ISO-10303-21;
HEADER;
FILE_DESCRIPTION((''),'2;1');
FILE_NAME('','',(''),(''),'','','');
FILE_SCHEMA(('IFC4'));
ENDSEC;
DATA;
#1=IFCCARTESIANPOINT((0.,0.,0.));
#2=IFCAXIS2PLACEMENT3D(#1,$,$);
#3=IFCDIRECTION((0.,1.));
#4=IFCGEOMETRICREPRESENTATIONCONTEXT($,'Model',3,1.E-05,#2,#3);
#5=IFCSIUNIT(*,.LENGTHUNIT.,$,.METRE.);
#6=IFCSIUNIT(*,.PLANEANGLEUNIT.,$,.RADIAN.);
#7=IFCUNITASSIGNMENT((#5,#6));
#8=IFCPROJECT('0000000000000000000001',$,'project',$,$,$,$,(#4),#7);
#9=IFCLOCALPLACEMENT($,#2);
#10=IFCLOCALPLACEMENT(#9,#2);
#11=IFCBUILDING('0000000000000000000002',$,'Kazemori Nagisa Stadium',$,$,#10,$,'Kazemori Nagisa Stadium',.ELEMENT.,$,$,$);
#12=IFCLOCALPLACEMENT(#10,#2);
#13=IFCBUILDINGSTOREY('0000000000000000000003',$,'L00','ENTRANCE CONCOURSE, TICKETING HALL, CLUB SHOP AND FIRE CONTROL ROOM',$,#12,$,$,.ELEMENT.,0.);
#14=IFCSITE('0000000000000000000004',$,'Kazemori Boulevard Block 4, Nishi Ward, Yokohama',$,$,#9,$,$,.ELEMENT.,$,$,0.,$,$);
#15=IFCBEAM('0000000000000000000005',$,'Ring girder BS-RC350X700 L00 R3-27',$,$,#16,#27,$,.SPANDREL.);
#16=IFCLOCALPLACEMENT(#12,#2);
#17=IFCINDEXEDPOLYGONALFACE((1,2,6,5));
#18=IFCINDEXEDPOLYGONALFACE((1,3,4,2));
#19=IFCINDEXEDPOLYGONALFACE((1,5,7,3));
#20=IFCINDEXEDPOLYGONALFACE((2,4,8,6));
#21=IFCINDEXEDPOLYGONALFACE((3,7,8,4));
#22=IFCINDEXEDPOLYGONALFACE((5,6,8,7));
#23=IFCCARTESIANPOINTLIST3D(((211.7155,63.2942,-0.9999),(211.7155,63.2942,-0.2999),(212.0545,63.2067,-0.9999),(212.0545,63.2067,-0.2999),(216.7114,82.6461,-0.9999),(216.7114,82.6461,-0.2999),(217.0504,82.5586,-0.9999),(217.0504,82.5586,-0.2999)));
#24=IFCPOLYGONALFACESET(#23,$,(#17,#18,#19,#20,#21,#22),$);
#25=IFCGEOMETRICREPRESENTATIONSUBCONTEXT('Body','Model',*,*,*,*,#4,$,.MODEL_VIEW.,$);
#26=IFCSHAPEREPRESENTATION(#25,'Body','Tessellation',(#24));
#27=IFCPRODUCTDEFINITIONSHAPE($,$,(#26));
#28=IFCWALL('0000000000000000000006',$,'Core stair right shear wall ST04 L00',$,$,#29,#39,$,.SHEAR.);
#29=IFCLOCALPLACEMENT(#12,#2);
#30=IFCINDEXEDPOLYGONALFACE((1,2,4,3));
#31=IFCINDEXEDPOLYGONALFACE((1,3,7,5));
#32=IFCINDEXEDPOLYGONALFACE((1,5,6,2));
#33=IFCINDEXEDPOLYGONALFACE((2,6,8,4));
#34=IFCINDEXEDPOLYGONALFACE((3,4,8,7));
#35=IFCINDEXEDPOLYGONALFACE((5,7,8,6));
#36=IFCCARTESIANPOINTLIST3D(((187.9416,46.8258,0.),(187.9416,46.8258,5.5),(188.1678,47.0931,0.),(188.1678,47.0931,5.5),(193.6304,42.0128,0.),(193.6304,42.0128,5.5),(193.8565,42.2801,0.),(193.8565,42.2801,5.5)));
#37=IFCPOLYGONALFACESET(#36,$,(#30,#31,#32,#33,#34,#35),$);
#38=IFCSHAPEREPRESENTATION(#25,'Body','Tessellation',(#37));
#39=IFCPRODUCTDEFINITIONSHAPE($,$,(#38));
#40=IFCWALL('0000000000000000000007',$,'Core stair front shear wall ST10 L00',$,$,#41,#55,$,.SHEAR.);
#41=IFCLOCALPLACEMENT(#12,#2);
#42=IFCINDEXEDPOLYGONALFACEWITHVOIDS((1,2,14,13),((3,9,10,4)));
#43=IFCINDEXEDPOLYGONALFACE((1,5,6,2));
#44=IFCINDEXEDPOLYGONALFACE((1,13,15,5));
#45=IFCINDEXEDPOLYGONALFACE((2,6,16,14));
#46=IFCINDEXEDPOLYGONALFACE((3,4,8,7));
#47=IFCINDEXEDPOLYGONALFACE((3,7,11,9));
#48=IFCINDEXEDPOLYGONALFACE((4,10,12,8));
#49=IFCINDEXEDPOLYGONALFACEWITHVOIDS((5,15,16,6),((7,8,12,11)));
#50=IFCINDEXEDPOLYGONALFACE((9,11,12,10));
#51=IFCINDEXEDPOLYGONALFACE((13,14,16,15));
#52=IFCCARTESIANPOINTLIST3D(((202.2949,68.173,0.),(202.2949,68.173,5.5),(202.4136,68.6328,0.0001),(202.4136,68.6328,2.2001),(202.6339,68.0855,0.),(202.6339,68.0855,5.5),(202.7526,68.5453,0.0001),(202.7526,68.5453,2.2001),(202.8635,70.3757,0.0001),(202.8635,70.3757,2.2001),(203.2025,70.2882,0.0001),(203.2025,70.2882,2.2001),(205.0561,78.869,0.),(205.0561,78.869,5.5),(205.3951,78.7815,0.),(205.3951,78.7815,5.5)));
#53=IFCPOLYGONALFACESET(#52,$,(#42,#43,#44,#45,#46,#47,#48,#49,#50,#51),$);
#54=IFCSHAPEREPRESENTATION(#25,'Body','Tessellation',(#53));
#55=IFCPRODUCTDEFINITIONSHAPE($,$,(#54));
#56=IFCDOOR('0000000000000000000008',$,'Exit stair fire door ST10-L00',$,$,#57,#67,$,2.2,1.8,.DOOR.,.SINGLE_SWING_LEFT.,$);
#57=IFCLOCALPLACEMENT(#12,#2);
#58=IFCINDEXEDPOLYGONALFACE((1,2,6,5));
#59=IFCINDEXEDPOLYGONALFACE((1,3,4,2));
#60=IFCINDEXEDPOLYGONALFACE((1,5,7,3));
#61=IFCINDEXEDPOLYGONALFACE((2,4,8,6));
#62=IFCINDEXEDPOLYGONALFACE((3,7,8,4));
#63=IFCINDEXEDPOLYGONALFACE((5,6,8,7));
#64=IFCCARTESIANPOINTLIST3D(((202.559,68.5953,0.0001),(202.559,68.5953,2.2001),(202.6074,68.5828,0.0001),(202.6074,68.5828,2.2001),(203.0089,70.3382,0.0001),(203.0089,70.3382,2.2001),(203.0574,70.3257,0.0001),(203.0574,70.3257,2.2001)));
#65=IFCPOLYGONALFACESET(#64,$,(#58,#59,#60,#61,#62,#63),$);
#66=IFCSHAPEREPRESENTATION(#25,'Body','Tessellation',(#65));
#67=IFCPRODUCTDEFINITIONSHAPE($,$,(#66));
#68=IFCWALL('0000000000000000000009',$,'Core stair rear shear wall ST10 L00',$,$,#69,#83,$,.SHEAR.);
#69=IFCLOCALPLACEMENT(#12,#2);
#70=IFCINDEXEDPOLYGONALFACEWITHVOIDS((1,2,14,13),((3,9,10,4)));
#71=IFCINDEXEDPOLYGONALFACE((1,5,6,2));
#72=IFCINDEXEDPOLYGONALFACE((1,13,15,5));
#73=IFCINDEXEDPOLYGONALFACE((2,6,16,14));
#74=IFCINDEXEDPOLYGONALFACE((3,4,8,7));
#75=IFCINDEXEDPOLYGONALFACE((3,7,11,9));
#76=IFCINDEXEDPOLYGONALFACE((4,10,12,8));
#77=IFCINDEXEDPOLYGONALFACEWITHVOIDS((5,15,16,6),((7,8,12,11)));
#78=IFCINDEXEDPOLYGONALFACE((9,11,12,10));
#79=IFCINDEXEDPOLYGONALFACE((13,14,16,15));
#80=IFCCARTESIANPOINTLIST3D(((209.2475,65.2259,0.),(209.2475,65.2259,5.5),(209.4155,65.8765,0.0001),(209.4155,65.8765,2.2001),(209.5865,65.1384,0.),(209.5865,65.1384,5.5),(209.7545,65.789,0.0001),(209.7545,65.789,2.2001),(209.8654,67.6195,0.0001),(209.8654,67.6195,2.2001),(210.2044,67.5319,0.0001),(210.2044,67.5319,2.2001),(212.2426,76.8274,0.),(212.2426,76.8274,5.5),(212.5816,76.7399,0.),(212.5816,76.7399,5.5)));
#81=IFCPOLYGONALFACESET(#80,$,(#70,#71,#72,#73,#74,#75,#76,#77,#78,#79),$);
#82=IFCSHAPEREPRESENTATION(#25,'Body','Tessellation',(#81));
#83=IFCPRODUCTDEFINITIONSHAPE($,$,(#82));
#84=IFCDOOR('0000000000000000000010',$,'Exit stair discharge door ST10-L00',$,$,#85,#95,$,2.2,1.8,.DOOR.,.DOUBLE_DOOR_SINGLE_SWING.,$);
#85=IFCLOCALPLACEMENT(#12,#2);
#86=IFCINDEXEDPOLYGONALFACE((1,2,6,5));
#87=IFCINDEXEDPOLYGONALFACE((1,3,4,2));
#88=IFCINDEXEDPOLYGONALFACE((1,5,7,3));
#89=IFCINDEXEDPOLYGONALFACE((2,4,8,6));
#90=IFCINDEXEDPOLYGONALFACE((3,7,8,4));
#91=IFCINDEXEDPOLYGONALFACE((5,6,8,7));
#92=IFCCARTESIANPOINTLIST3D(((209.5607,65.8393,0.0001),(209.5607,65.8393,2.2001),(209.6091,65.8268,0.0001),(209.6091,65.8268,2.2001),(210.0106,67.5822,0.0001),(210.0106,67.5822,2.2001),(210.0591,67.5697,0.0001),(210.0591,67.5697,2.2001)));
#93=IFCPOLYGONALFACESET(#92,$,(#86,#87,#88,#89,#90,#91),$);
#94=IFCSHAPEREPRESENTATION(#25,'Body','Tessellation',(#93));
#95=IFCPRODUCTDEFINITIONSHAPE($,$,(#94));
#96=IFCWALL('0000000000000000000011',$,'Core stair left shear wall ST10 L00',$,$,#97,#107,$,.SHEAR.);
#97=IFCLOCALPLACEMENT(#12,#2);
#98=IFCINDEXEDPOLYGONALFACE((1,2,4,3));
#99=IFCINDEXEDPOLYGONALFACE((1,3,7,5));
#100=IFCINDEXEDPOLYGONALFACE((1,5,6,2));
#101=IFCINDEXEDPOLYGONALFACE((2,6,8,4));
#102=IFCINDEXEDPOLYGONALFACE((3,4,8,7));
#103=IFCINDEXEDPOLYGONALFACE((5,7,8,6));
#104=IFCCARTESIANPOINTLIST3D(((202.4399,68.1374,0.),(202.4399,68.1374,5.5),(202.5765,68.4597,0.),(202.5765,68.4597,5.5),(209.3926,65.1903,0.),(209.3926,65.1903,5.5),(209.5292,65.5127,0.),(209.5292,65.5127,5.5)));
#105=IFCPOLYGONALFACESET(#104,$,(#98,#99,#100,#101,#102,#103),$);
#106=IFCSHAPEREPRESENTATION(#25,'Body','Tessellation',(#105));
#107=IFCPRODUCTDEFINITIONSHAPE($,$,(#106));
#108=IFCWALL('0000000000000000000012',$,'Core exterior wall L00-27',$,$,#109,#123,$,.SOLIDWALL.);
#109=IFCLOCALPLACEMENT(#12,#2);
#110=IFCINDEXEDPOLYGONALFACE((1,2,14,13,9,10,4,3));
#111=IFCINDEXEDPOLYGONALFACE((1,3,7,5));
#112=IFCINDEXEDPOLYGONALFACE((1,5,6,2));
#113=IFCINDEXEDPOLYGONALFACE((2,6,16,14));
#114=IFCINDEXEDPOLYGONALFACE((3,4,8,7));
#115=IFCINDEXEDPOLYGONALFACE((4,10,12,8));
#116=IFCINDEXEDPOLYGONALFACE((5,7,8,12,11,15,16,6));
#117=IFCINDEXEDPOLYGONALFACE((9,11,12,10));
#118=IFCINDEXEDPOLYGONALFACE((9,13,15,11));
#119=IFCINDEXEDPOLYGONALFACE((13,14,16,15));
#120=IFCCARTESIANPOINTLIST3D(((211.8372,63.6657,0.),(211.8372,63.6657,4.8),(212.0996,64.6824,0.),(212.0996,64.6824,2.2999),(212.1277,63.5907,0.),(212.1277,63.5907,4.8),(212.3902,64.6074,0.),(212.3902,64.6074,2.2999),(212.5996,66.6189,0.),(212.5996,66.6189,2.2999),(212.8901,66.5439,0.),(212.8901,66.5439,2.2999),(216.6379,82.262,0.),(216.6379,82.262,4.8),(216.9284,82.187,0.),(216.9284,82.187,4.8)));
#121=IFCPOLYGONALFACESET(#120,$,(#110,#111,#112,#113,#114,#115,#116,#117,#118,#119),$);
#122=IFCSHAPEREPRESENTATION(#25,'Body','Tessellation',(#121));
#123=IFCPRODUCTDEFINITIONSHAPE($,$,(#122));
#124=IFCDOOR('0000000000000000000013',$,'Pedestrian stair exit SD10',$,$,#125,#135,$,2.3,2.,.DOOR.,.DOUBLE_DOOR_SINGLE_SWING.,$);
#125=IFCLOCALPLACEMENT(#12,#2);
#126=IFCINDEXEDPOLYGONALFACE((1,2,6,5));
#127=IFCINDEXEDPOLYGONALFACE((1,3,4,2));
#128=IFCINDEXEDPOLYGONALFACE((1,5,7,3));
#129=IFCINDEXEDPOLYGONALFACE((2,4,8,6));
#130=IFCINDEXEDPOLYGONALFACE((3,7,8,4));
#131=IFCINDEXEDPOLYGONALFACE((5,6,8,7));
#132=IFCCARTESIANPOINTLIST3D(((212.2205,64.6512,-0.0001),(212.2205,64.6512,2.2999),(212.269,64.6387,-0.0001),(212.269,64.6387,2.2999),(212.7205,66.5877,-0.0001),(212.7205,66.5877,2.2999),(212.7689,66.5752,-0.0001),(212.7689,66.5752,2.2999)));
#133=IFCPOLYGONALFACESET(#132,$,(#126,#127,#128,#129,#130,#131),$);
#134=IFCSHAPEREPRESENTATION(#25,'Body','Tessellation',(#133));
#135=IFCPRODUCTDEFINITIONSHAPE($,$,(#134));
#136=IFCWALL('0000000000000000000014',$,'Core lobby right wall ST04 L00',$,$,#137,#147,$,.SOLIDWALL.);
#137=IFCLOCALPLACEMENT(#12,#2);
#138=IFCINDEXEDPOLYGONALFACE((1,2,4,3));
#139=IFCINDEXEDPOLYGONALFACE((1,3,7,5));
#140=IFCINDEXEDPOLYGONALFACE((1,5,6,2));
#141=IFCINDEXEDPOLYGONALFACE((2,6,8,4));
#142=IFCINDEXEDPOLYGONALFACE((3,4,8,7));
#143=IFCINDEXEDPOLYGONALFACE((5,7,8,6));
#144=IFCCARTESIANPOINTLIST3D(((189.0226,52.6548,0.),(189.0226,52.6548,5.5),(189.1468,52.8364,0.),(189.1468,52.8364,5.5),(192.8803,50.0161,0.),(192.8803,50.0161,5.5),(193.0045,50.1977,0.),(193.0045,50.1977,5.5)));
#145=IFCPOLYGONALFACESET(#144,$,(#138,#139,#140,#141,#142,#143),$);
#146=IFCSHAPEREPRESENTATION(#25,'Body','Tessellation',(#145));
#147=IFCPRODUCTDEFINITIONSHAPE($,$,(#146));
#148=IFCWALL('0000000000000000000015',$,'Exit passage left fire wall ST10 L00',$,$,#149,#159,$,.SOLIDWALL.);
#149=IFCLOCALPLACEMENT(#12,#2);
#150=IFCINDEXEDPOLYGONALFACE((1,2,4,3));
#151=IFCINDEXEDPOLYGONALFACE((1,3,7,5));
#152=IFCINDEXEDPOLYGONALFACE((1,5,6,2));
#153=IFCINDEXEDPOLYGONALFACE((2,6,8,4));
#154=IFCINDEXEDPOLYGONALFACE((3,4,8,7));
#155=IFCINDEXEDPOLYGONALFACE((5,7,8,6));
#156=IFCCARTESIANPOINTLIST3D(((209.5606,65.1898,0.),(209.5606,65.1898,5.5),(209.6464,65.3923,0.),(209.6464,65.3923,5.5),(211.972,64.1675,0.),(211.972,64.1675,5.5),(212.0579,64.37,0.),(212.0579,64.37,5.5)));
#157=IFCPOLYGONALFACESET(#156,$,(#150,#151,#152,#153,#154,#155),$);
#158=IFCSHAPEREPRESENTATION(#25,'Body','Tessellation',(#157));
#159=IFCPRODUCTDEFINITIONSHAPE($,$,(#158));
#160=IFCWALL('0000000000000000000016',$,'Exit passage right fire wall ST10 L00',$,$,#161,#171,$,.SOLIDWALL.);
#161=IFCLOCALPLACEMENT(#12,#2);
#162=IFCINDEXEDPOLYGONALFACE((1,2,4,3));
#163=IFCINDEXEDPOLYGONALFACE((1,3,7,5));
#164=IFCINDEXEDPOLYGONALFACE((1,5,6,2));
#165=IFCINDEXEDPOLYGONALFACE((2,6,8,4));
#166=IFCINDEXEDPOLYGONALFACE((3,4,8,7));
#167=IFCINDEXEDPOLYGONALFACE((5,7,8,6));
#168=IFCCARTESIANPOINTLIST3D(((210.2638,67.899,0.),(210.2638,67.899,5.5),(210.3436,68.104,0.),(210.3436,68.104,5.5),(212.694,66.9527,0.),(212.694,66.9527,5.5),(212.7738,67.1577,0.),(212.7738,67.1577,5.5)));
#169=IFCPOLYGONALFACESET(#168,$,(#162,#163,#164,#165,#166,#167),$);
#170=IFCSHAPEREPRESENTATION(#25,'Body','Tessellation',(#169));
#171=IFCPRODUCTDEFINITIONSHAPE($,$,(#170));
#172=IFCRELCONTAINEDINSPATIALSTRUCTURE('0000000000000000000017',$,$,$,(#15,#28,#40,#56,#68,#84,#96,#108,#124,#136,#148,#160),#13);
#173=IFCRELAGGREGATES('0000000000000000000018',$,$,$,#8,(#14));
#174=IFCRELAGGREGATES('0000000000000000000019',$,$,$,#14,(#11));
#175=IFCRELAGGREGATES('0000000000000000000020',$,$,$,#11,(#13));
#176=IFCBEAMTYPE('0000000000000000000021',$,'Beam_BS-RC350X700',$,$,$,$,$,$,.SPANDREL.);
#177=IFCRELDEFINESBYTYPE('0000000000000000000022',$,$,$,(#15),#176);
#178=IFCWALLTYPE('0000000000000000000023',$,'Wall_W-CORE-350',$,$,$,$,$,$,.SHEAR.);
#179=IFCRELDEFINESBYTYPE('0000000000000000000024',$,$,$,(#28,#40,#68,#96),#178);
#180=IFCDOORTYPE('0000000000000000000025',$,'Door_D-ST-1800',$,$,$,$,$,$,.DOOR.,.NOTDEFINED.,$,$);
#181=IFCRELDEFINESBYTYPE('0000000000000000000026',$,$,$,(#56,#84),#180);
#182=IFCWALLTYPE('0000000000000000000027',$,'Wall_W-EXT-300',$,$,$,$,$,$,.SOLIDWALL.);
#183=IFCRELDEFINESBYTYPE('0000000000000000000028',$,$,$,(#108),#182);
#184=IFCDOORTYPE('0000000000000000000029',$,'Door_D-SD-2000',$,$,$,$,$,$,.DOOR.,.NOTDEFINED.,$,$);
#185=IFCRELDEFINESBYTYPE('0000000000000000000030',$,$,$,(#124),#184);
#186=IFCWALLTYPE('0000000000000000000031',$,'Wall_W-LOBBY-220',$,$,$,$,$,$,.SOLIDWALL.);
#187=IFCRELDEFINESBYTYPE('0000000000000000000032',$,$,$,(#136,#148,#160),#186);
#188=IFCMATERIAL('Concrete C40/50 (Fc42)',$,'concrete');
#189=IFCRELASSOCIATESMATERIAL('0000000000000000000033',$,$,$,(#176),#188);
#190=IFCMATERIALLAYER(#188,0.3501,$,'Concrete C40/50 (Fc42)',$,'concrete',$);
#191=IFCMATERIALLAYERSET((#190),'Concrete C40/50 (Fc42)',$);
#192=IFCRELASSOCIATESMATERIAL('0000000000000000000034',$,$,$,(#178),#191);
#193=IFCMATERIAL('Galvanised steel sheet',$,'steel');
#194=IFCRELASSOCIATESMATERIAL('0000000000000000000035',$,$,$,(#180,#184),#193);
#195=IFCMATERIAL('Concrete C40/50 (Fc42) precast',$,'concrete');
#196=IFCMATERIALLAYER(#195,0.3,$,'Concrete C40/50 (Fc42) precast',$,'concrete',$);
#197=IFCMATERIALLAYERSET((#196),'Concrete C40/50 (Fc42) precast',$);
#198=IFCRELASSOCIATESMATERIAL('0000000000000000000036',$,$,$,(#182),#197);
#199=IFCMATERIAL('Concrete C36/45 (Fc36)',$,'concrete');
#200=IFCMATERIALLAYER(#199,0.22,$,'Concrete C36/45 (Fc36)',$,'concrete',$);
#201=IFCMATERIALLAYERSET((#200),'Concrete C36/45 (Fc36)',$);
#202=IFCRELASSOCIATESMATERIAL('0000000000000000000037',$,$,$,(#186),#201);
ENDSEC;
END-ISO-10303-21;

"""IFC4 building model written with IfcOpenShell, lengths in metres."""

from ifc_helpers import new_model, si_unit, direction, frame, frame_2d, origin, origin_2d, place, context, subcontext, project, spatial, rectangle, extrude, material, layer, layer_set, material_profile, profile_set, type_object, element, fill, save


model = new_model("IFC4")

# Units and contexts
model_context = context("Model", 3, precision=1e-05, world=origin(), true_north=direction((0.0, 1.0)))
body_context = subcontext(model_context, "Body", "Model", "MODEL_VIEW")
ifc_project = project(units=[si_unit("LENGTHUNIT", "METRE"), si_unit("PLANEANGLEUNIT", "RADIAN")], contexts=[model_context])

# Site, building, storey
site_placement = place(None, origin())
site = spatial("IfcSite", under=ifc_project, at=site_placement, Name="Kazemori Boulevard Block 4, Nishi Ward, Yokohama", CompositionType="ELEMENT", RefElevation=0.0)
building_placement = place(site_placement, origin())
building = spatial("IfcBuilding", under=site, at=building_placement, Name="Kazemori Nagisa Stadium", LongName="Kazemori Nagisa Stadium", CompositionType="ELEMENT")
storey_placement = place(building_placement, origin())
storey = spatial("IfcBuildingStorey", under=building, at=storey_placement, Name="L00", Description="ENTRANCE CONCOURSE, TICKETING HALL, CLUB SHOP AND FIRE CONTROL ROOM", CompositionType="ELEMENT", Elevation=0.0)

# Shared definitions
ifc_material_1 = material(Name="Concrete C40/50 (Fc42)", Category="concrete")

# Beam
ifc_material_profile_1 = material_profile(ifc_material_1, rectangle(XDim=0.3501, YDim=0.7, at=origin_2d()), Name="RC-SP-350x700")
ifc_profile_set_1 = profile_set([ifc_material_profile_1], Name="Concrete C40/50 (Fc42)")
beam_type_1 = type_object("IfcBeamType", Name="Beam_BS-RC350X700", PredefinedType="SPANDREL", material=ifc_profile_set_1)
beam_1_placement = place(storey_placement, frame((211.885, 63.2505, -0.6499), z_axis=(0.249964, 0.968255, 0.0), x_axis=(-0.968255, 0.249964, 0.0)))
element("IfcBeam", 1, at=beam_1_placement, inside=storey, type_object=beam_type_1, Name="Ring girder BS-RC350X700 L00 R3-27", PredefinedType="SPANDREL", context=body_context, shape_type="SweptSolid", body=[
    extrude(rectangle(XDim=0.3501, YDim=0.7, at=origin_2d()), origin(), (0.0, 0.0, 1.0), 19.9863),
])

# Wall
ifc_layer_1 = layer(ifc_material_1, 0.3501, Name="Concrete C40/50 (Fc42)", Category="concrete")
ifc_layer_set_1 = layer_set([ifc_layer_1], Name="Concrete C40/50 (Fc42)")
wall_type_1 = type_object("IfcWallType", Name="Wall_W-CORE-350", PredefinedType="SHEAR", material=ifc_layer_set_1)
wall_1_placement = place(storey_placement, frame((188.0547, 46.9595, 0.0), z_axis=(0.0, 0.0, 1.0), x_axis=(0.763422, -0.6459, 0.0)))
element("IfcWall", 2, at=wall_1_placement, inside=storey, type_object=wall_type_1, Name="Core stair right shear wall ST04 L00", PredefinedType="SHEAR", context=body_context, shape_type="SweptSolid", body=[
    extrude(rectangle(XDim=7.4517, YDim=0.3501, at=frame_2d((3.7258, 0.0))), origin(), (0.0, 0.0, 1.0), 5.5),
])

# Walls, openings, doors
wall_2_placement = place(storey_placement, frame((202.4644, 68.1292, 0.0), z_axis=(0.0, 0.0, 1.0), x_axis=(0.24996, 0.968256, 0.0)))
wall_2 = element("IfcWall", 3, at=wall_2_placement, inside=storey, type_object=wall_type_1, Name="Core stair front shear wall ST10 L00", PredefinedType="SHEAR", context=body_context, shape_type="SweptSolid", body=[
    extrude(rectangle(XDim=11.0466, YDim=0.3501, at=frame_2d((5.5234, 0.0))), origin(), (0.0, 0.0, 1.0), 5.5),
])
opening_1_placement = place(wall_2_placement, frame((0.4751, 0.0, 0.0)))
opening_1 = element("IfcOpeningElement", 4, at=opening_1_placement, cuts=wall_2, PredefinedType="OPENING", context=body_context, shape_type="SweptSolid", body=[
    extrude(rectangle(XDim=1.8, YDim=2.2, at=frame_2d((0.8999, 1.1001))), frame((0.0, 0.1851, 0.0), z_axis=(0.0, -1.0, 0.0), x_axis=(1.0, 0.0, 0.0)), (0.0, 0.0, 1.0), 0.3701),
])
ifc_material_2 = material(Name="Galvanised steel sheet", Category="steel")
door_type_1 = type_object("IfcDoorType", Name="Door_D-ST-1800", OperationType="NOTDEFINED", PredefinedType="DOOR", material=ifc_material_2)
door_1_placement = place(opening_1_placement, origin())
door_1 = element("IfcDoor", 5, at=door_1_placement, inside=storey, type_object=door_type_1, Name="Exit stair fire door ST10-L00", OperationType="SINGLE_SWING_LEFT", OverallHeight=2.2, OverallWidth=1.8, PredefinedType="DOOR", context=body_context, shape_type="SweptSolid", body=[
    extrude(rectangle(XDim=1.8, YDim=2.2, at=frame_2d((0.8999, 1.1001))), frame((0.0, 0.0249, 0.0), z_axis=(0.0, -1.0, 0.0), x_axis=(1.0, 0.0, 0.0)), (0.0, 0.0, 1.0), 0.05),
])
fill(opening_1, door_1)
wall_3_placement = place(storey_placement, frame((209.417, 65.1821, 0.0), z_axis=(0.0, 0.0, 1.0), x_axis=(0.249969, 0.968254, 0.0)))
wall_3 = element("IfcWall", 6, at=wall_3_placement, inside=storey, type_object=wall_type_1, Name="Core stair rear shear wall ST10 L00", PredefinedType="SHEAR", context=body_context, shape_type="SweptSolid", body=[
    extrude(rectangle(XDim=11.9819, YDim=0.3501, at=frame_2d((5.991, 0.0))), origin(), (0.0, 0.0, 1.0), 5.5),
])
opening_2_placement = place(wall_3_placement, frame((0.6721, 0.0, 0.0)))
opening_2 = element("IfcOpeningElement", 7, at=opening_2_placement, cuts=wall_3, PredefinedType="OPENING", context=body_context, shape_type="SweptSolid", body=[
    extrude(rectangle(XDim=1.8, YDim=2.2, at=frame_2d((0.8999, 1.1001))), frame((0.0, 0.1851, 0.0), z_axis=(0.0, -1.0, 0.0), x_axis=(1.0, 0.0, 0.0)), (0.0, 0.0, 1.0), 0.3701),
])
door_2_placement = place(opening_2_placement, frame((1.8, 0.0, 0.0), z_axis=(0.0, 0.0, 1.0), x_axis=(-1.0, 0.0, 0.0)))
door_2 = element("IfcDoor", 8, at=door_2_placement, inside=storey, type_object=door_type_1, Name="Exit stair discharge door ST10-L00", OperationType="DOUBLE_DOOR_SINGLE_SWING", OverallHeight=2.2, OverallWidth=1.8, PredefinedType="DOOR", context=body_context, shape_type="SweptSolid", body=[
    extrude(rectangle(XDim=1.8, YDim=2.2, at=frame_2d((0.8999, 1.1001))), frame((0.0, 0.0249, 0.0), z_axis=(0.0, -1.0, 0.0), x_axis=(1.0, 0.0, 0.0)), (0.0, 0.0, 1.0), 0.05),
])
fill(opening_2, door_2)

# Wall
wall_4_placement = place(storey_placement, frame((202.5081, 68.2986, 0.0), z_axis=(0.0, 0.0, 1.0), x_axis=(0.920705, -0.39026, 0.0)))
element("IfcWall", 9, at=wall_4_placement, inside=storey, type_object=wall_type_1, Name="Core stair left shear wall ST10 L00", PredefinedType="SHEAR", context=body_context, shape_type="SweptSolid", body=[
    extrude(rectangle(XDim=7.5515, YDim=0.3501, at=frame_2d((3.7759, 0.0))), origin(), (0.0, 0.0, 1.0), 5.5),
])

# Wall, opening, door
ifc_material_3 = material(Name="Concrete C40/50 (Fc42) precast", Category="concrete")
ifc_layer_2 = layer(ifc_material_3, 0.3, Name="Concrete C40/50 (Fc42) precast", Category="concrete")
ifc_layer_set_2 = layer_set([ifc_layer_2], Name="Concrete C40/50 (Fc42) precast")
wall_type_2 = type_object("IfcWallType", Name="Wall_W-EXT-300", PredefinedType="SOLIDWALL", material=ifc_layer_set_2)
wall_5_placement = place(storey_placement, frame((211.9824, 63.6282, 0.0), z_axis=(0.0, 0.0, 1.0), x_axis=(0.249961, 0.968256, 0.0)))
wall_5 = element("IfcWall", 10, at=wall_5_placement, inside=storey, type_object=wall_type_2, Name="Core exterior wall L00-27", PredefinedType="SOLIDWALL", context=body_context, shape_type="SweptSolid", body=[
    extrude(rectangle(XDim=19.2061, YDim=0.3, at=frame_2d((9.603, 0.0))), origin(), (0.0, 0.0, 1.0), 4.8),
])
opening_3_placement = place(wall_5_placement, frame((1.05, 0.0, 0.0)))
opening_3 = element("IfcOpeningElement", 11, at=opening_3_placement, cuts=wall_5, PredefinedType="OPENING", context=body_context, shape_type="SweptSolid", body=[
    extrude(rectangle(XDim=2.0, YDim=2.3, at=frame_2d((1.0, 1.1499))), frame((0.0, 0.1599, 0.0), z_axis=(0.0, -1.0, 0.0), x_axis=(1.0, 0.0, 0.0)), (0.0, 0.0, 1.0), 0.3201),
])
door_type_2 = type_object("IfcDoorType", Name="Door_D-SD-2000", OperationType="NOTDEFINED", PredefinedType="DOOR", material=ifc_material_2)
door_3_placement = place(opening_3_placement, frame((2.0, 0.0, 0.0), z_axis=(0.0, 0.0, 1.0), x_axis=(-1.0, 0.0, 0.0)))
door_3 = element("IfcDoor", 12, at=door_3_placement, inside=storey, type_object=door_type_2, Name="Pedestrian stair exit SD10", OperationType="DOUBLE_DOOR_SINGLE_SWING", OverallHeight=2.3, OverallWidth=2.0, PredefinedType="DOOR", context=body_context, shape_type="SweptSolid", body=[
    extrude(rectangle(XDim=2.0, YDim=2.3, at=frame_2d((1.0, 1.1499))), frame((0.0, 0.0249, 0.0), z_axis=(0.0, -1.0, 0.0), x_axis=(1.0, 0.0, 0.0)), (0.0, 0.0, 1.0), 0.05),
])
fill(opening_3, door_3)

# Walls
ifc_material_4 = material(Name="Concrete C36/45 (Fc36)", Category="concrete")
ifc_layer_3 = layer(ifc_material_4, 0.22, Name="Concrete C36/45 (Fc36)", Category="concrete")
ifc_layer_set_3 = layer_set([ifc_layer_3], Name="Concrete C36/45 (Fc36)")
wall_type_3 = type_object("IfcWallType", Name="Wall_W-LOBBY-220", PredefinedType="SOLIDWALL", material=ifc_layer_set_3)
wall_6_placement = place(storey_placement, frame((189.0847, 52.7456, 0.0), z_axis=(0.0, 0.0, 1.0), x_axis=(0.825385, -0.56457, 0.0)))
element("IfcWall", 13, at=wall_6_placement, inside=storey, type_object=wall_type_3, Name="Core lobby right wall ST04 L00", PredefinedType="SOLIDWALL", context=body_context, shape_type="SweptSolid", body=[
    extrude(rectangle(XDim=4.6738, YDim=0.22, at=frame_2d((2.3369, 0.0))), origin(), (0.0, 0.0, 1.0), 5.5),
])
wall_7_placement = place(storey_placement, frame((209.6035, 65.291, 0.0), z_axis=(0.0, 0.0, 1.0), x_axis=(0.92069, -0.390294, 0.0)))
element("IfcWall", 14, at=wall_7_placement, inside=storey, type_object=wall_type_3, Name="Exit passage left fire wall ST10 L00", PredefinedType="SOLIDWALL", context=body_context, shape_type="SweptSolid", body=[
    extrude(rectangle(XDim=2.6191, YDim=0.22, at=frame_2d((1.3096, 0.0))), origin(), (0.0, 0.0, 1.0), 5.5),
])
wall_8_placement = place(storey_placement, frame((210.3037, 68.0015, 0.0), z_axis=(0.0, 0.0, 1.0), x_axis=(0.931846, -0.362853, 0.0)))
element("IfcWall", 15, at=wall_8_placement, inside=storey, type_object=wall_type_3, Name="Exit passage right fire wall ST10 L00", PredefinedType="SOLIDWALL", context=body_context, shape_type="SweptSolid", body=[
    extrude(rectangle(XDim=2.6079, YDim=0.22, at=frame_2d((1.304, 0.0))), origin(), (0.0, 0.0, 1.0), 5.5),
])

save(model, "model.ifc")
